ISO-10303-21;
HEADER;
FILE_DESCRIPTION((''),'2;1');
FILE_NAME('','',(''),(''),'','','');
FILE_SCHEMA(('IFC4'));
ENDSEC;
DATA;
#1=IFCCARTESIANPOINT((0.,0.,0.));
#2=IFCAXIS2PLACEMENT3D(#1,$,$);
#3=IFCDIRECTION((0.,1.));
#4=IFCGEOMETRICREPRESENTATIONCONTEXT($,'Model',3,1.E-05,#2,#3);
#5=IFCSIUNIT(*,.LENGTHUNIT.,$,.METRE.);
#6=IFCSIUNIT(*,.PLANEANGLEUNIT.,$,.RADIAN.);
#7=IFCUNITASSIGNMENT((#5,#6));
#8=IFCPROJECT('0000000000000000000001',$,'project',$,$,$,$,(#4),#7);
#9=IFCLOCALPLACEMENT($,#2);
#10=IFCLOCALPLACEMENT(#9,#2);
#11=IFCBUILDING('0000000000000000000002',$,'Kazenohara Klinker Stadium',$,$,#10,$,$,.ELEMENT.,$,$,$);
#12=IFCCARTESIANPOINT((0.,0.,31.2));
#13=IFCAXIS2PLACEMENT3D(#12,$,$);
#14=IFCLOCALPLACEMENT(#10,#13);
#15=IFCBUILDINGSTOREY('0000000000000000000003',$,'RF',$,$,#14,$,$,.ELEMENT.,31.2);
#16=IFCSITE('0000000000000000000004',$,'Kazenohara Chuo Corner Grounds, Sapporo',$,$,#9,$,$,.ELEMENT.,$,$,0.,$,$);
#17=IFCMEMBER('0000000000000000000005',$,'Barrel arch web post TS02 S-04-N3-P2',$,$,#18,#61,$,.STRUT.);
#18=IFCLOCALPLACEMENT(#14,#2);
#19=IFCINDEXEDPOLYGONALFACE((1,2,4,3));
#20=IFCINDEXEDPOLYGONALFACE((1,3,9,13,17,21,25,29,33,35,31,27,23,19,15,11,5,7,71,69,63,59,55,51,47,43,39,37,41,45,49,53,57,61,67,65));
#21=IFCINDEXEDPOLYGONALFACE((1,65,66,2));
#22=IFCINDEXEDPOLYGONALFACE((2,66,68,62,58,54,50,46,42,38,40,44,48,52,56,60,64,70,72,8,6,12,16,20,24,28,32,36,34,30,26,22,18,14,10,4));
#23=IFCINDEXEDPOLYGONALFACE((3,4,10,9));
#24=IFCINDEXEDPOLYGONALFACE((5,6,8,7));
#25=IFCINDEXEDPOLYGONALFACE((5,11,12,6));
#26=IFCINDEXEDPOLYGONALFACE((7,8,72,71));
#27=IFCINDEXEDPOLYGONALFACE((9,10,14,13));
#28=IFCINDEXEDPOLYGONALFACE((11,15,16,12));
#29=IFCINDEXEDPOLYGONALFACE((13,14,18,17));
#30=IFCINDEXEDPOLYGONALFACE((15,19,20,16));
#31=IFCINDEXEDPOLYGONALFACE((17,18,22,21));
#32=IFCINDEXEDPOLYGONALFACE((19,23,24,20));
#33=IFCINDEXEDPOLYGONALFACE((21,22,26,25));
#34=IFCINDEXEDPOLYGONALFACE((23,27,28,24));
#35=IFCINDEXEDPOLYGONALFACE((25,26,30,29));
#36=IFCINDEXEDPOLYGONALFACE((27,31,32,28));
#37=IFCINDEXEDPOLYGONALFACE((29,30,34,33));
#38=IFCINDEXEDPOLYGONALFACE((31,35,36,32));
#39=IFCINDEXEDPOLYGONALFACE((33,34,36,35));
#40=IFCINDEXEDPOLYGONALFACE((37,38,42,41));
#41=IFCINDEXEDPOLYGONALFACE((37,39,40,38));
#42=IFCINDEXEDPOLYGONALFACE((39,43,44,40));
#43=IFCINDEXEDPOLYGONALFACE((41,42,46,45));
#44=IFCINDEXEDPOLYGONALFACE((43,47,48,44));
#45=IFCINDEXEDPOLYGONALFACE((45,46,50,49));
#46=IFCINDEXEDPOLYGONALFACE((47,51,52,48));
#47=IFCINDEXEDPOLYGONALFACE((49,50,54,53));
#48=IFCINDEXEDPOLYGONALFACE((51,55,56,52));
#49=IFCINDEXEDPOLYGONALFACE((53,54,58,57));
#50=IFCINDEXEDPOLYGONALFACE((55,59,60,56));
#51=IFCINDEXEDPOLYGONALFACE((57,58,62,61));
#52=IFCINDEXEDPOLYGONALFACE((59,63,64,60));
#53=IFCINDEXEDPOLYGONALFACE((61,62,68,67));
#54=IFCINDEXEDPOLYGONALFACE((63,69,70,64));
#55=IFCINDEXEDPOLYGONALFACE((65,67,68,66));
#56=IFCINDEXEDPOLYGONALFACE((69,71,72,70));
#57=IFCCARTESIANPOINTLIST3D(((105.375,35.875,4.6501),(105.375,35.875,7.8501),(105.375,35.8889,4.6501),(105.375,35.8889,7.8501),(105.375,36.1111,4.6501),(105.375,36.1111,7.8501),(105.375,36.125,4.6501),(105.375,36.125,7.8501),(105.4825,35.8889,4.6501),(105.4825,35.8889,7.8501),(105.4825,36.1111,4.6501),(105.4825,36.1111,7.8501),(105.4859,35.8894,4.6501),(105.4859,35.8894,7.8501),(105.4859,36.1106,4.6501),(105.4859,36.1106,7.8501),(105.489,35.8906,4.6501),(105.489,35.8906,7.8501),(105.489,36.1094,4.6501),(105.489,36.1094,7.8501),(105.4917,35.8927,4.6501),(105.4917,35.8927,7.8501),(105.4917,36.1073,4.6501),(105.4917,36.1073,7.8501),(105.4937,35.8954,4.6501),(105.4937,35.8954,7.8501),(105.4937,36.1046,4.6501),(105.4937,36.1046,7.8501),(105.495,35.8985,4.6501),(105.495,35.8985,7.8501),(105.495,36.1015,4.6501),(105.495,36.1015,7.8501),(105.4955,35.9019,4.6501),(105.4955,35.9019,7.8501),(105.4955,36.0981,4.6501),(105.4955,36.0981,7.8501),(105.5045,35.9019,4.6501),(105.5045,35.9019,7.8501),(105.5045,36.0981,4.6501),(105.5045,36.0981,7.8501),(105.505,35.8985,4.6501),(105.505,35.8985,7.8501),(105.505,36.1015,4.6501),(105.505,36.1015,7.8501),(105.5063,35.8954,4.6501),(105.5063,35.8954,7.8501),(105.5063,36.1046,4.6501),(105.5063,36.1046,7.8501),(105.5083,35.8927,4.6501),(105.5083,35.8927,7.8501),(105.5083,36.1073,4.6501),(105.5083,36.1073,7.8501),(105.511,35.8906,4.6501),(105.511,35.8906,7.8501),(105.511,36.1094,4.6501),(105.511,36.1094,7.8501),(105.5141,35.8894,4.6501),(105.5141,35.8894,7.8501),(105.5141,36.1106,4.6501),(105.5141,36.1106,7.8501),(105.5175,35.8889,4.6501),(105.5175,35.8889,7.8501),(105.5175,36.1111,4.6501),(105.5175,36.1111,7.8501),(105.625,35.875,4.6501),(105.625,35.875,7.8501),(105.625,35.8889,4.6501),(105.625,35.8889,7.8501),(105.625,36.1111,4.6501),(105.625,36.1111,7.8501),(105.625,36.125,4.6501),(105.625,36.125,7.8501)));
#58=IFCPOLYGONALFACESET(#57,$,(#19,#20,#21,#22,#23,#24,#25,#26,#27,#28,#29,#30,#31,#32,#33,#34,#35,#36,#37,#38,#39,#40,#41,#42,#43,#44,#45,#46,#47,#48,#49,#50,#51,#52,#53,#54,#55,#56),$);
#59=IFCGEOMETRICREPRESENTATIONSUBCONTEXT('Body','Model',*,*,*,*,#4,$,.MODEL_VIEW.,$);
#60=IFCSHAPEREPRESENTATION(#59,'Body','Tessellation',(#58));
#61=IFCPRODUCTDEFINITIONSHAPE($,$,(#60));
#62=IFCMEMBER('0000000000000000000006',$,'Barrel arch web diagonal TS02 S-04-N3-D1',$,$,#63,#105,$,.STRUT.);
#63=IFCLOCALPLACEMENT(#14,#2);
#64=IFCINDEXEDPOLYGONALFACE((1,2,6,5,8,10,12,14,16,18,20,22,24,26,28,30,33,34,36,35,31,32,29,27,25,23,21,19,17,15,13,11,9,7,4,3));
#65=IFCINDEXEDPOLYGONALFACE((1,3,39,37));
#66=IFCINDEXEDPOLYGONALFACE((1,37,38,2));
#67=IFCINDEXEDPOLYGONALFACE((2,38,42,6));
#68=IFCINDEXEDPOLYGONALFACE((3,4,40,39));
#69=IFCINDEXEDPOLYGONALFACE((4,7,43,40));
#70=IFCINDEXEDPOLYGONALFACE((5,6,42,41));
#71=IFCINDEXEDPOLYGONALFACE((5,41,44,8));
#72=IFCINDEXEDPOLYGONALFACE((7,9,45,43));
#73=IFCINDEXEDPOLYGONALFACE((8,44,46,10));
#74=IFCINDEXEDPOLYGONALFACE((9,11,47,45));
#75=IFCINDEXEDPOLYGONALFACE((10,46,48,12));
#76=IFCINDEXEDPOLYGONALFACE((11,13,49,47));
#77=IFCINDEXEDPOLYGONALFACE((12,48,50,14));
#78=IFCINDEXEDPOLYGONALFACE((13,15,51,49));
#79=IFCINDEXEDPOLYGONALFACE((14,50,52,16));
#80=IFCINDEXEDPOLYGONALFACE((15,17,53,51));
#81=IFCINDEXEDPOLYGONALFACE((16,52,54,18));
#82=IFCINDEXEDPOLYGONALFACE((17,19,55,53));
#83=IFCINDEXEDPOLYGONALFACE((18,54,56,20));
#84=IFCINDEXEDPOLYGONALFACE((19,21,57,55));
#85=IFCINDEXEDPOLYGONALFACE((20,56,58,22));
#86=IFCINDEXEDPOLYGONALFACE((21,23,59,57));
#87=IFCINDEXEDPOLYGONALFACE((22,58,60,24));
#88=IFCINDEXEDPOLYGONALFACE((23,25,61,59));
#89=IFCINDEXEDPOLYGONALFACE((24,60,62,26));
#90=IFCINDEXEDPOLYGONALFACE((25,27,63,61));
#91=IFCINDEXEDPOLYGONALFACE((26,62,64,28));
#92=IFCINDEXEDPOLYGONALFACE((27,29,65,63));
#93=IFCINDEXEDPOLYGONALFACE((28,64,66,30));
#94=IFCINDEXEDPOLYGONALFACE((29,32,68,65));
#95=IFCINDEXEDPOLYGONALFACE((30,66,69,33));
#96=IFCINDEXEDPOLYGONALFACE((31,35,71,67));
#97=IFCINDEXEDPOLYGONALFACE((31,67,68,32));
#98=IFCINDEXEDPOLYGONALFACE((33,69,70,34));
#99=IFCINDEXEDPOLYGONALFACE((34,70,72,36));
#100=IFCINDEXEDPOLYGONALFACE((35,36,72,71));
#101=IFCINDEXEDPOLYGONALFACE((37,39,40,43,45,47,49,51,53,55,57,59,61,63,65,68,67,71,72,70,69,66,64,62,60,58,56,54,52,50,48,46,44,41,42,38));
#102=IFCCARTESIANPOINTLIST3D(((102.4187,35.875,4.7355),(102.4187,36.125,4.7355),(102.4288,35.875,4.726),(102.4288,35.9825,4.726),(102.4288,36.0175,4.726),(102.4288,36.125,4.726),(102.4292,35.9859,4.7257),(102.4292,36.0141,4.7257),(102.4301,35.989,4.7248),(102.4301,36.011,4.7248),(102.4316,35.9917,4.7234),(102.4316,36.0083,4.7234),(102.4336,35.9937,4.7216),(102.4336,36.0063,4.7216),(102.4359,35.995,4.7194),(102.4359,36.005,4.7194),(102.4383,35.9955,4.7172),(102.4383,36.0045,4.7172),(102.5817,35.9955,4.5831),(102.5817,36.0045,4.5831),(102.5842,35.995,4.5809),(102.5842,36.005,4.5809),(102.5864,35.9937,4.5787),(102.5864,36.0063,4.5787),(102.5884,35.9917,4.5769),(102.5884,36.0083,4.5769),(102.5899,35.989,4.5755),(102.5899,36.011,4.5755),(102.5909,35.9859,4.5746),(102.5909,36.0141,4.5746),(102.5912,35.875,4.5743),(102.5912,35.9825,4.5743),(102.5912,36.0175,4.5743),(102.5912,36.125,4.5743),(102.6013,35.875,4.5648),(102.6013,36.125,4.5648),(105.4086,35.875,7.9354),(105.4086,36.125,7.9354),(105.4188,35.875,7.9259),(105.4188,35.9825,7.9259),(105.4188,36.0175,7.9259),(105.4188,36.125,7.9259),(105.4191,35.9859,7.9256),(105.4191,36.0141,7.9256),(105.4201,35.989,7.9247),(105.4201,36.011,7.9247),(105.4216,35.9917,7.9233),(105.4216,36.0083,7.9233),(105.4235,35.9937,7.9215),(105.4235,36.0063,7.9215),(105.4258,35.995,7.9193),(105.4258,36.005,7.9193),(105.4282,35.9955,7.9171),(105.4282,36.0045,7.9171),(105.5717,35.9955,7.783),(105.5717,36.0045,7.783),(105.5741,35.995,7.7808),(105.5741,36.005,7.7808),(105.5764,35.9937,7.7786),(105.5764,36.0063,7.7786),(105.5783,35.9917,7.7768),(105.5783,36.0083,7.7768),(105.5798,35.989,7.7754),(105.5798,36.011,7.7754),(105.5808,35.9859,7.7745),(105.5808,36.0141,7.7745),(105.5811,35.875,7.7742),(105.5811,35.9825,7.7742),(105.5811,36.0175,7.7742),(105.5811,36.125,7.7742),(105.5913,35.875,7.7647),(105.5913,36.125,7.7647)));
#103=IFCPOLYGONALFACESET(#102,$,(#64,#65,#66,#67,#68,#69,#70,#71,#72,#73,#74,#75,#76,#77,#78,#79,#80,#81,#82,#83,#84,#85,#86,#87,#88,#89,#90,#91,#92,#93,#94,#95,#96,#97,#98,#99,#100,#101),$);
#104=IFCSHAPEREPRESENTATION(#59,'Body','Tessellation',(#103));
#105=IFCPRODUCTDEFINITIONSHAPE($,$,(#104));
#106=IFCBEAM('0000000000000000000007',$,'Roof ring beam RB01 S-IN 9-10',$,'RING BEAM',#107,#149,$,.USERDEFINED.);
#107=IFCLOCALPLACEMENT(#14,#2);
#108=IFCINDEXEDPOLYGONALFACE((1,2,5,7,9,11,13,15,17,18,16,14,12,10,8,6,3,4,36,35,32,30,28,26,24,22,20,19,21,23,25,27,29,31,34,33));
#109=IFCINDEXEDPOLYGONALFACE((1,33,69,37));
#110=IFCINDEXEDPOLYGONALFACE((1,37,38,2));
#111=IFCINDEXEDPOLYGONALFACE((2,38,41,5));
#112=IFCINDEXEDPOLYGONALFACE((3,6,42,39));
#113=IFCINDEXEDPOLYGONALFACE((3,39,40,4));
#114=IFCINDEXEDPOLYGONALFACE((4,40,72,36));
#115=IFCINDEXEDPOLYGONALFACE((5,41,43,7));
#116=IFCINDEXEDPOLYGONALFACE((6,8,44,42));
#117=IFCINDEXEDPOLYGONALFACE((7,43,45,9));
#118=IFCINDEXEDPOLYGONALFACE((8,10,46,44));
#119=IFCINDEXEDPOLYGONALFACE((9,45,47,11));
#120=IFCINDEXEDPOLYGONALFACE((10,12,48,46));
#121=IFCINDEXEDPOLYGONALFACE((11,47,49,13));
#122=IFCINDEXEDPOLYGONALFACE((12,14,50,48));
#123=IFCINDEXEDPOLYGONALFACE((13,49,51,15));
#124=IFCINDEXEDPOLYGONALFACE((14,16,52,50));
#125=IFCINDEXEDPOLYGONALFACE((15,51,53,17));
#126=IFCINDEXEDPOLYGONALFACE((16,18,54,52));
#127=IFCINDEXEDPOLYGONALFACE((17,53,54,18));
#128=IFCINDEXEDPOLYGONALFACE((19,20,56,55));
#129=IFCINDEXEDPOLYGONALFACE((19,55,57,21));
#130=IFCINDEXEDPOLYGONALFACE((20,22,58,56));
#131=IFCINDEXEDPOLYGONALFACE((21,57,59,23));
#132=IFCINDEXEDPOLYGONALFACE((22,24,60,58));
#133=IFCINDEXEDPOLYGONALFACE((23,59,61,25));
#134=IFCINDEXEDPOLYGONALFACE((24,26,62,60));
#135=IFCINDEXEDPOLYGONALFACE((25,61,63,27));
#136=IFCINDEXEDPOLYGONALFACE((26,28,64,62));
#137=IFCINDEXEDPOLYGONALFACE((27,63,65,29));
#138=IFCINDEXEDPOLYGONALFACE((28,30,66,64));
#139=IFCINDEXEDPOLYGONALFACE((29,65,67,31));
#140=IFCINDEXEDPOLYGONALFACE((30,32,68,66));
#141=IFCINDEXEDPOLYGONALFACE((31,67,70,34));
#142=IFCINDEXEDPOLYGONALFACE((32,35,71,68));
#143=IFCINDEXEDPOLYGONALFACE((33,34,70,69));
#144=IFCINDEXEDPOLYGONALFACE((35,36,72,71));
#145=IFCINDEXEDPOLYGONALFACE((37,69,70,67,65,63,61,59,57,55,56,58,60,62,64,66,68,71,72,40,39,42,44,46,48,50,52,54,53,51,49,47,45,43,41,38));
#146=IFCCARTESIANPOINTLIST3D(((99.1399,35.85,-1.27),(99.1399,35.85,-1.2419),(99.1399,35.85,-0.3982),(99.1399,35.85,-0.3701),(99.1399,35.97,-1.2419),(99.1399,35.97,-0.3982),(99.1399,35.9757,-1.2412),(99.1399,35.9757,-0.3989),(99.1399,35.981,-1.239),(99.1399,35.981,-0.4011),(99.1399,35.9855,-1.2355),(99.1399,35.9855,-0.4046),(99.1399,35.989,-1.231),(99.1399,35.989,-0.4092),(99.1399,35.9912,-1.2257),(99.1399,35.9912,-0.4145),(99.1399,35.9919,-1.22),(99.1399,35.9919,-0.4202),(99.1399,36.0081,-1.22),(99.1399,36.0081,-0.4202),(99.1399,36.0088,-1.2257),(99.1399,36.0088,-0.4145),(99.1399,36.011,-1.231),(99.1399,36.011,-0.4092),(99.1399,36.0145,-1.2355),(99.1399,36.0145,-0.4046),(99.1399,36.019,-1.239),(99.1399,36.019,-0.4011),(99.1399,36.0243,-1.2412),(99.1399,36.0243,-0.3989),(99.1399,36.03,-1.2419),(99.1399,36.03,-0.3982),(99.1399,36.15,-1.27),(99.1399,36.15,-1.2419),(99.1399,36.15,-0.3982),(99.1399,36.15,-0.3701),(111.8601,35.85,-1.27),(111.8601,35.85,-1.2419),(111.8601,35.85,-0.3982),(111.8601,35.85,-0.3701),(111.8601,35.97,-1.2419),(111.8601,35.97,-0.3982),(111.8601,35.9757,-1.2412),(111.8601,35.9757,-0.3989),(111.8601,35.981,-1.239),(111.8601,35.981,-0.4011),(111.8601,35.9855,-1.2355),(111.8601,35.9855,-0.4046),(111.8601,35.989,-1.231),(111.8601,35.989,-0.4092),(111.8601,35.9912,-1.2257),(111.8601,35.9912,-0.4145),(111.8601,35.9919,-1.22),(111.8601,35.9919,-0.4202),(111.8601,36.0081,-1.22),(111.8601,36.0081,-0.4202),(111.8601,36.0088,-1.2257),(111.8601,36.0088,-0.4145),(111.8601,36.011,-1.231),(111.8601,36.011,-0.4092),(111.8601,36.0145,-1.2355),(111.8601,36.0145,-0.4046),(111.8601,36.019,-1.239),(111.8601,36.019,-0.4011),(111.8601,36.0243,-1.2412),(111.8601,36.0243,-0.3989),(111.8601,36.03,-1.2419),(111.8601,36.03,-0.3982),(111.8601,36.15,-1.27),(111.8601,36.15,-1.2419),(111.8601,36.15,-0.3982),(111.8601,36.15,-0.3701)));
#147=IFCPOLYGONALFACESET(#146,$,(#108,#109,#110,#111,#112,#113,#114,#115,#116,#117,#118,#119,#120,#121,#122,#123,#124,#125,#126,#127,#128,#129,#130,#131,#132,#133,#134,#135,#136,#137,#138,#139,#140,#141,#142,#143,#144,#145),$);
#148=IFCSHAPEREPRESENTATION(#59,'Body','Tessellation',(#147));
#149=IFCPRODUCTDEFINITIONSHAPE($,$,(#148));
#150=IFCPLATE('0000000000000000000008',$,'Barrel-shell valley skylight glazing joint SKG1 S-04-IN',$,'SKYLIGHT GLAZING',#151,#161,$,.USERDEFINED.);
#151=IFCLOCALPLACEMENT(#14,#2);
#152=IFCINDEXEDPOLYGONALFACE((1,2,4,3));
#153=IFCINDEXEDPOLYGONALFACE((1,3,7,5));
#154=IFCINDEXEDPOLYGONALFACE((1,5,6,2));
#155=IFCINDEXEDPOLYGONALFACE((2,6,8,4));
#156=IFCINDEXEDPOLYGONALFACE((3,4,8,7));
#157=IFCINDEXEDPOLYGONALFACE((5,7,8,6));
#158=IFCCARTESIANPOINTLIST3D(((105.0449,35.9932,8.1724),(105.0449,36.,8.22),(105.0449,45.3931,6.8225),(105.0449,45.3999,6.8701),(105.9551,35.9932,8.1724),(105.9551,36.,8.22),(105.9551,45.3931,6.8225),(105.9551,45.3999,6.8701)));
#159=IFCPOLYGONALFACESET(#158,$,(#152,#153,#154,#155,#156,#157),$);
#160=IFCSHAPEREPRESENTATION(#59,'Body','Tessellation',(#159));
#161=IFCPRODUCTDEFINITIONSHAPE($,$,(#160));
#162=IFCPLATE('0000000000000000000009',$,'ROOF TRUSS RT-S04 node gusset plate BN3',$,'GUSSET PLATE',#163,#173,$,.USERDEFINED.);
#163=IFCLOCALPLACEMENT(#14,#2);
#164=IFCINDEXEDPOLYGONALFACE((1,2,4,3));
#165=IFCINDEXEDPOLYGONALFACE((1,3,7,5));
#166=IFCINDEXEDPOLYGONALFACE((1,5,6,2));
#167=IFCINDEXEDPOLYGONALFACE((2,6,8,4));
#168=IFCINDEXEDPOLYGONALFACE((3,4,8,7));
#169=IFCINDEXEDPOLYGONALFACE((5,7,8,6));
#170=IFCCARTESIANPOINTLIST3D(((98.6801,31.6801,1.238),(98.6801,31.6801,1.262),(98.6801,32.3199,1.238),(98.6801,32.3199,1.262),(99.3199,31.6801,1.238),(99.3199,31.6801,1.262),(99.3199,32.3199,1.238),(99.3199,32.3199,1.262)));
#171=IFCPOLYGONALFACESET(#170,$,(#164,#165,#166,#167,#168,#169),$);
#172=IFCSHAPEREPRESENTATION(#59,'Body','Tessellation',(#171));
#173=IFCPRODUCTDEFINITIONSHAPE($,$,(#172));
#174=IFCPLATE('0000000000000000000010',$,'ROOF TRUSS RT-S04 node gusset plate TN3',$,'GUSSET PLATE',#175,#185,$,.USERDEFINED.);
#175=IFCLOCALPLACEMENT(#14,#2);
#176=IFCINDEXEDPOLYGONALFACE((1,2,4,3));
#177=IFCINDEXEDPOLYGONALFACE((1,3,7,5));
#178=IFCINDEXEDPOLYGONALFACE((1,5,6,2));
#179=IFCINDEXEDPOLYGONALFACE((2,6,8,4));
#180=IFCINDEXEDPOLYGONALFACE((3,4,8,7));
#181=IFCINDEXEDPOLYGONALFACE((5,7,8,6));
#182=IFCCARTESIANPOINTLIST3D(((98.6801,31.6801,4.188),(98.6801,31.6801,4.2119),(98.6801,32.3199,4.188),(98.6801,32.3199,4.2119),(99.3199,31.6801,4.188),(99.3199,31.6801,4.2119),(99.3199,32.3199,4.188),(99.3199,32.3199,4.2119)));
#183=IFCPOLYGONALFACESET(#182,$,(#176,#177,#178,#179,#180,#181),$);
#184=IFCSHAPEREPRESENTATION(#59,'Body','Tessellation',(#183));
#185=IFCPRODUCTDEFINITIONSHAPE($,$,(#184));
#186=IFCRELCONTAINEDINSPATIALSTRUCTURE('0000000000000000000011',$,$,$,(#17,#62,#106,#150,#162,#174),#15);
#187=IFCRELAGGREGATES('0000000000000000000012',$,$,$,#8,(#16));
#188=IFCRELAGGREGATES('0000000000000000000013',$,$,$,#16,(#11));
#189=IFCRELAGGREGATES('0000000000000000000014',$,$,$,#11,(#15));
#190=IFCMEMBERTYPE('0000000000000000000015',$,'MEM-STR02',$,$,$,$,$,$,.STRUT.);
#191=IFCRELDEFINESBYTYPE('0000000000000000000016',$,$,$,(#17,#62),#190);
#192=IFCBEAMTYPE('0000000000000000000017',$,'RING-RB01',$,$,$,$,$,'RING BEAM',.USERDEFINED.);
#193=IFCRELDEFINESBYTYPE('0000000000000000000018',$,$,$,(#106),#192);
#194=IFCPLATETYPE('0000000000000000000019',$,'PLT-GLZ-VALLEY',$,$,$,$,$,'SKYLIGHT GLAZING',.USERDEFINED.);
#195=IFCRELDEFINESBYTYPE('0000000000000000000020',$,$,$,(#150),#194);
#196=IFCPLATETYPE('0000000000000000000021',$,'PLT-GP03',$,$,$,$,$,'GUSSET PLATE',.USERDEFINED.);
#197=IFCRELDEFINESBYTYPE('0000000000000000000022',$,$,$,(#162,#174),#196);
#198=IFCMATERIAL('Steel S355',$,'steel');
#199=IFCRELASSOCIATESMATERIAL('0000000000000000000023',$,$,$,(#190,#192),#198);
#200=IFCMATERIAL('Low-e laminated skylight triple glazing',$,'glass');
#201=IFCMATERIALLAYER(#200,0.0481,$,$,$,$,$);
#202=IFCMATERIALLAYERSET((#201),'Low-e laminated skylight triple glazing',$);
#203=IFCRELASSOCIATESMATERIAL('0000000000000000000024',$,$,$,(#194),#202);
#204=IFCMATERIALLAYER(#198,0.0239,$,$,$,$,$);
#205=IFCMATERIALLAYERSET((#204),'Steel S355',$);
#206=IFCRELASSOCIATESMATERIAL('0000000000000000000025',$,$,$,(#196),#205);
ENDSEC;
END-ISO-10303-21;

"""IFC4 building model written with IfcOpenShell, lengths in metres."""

from ifc_helpers import new_model, si_unit, direction, frame, origin, origin_2d, place, context, subcontext, project, spatial, polyline, rectangle, i_section, outline, extrude, material, layer, layer_set, material_profile, profile_set, type_object, element, save


model = new_model("IFC4")

# Units and contexts
model_context = context("Model", 3, precision=1e-05, world=origin(), true_north=direction((0.0, 1.0)))
body_context = subcontext(model_context, "Body", "Model", "MODEL_VIEW")
ifc_project = project(units=[si_unit("LENGTHUNIT", "METRE"), si_unit("PLANEANGLEUNIT", "RADIAN")], contexts=[model_context])

# Site, building, storey
site_placement = place(None, origin())
site = spatial("IfcSite", under=ifc_project, at=site_placement, Name="Kazenohara Chuo Corner Grounds, Sapporo", CompositionType="ELEMENT", RefElevation=0.0)
building_placement = place(site_placement, origin())
building = spatial("IfcBuilding", under=site, at=building_placement, Name="Kazenohara Klinker Stadium", CompositionType="ELEMENT")
storey_placement = place(building_placement, frame((0.0, 0.0, 31.2)))
storey = spatial("IfcBuildingStorey", under=building, at=storey_placement, Name="RF", CompositionType="ELEMENT", Elevation=31.2)

# Members
ifc_material_1 = material(Name="Steel S355", Category="steel")
ifc_material_profile_1 = material_profile(ifc_material_1, i_section(OverallWidth=0.25, OverallDepth=0.25, WebThickness=0.009, FlangeThickness=0.0139, FilletRadius=0.0129, at=origin_2d()), Name="H-250x250x9x14")
ifc_profile_set_1 = profile_set([ifc_material_profile_1], Name="Steel S355")
member_type_1 = type_object("IfcMemberType", Name="MEM-STR02", PredefinedType="STRUT", material=ifc_profile_set_1)
member_1_placement = place(storey_placement, frame((105.5, 36.0, 4.6501), z_axis=(0.0, 0.0, 1.0), x_axis=(1.0, 0.0, 0.0)))
element("IfcMember", 1, at=member_1_placement, inside=storey, type_object=member_type_1, Name="Barrel arch web post TS02 S-04-N3-P2", PredefinedType="STRUT", context=body_context, shape_type="SweptSolid", body=[
    extrude(i_section(OverallWidth=0.25, OverallDepth=0.25, WebThickness=0.009, FlangeThickness=0.0139, FilletRadius=0.0129, at=origin_2d()), origin(), (0.0, 0.0, 1.0), 3.2),
])
member_2_placement = place(storey_placement, frame((102.51, 36.0, 4.6501), z_axis=(0.682729, 0.0, 0.730671), x_axis=(0.0, 1.0, 0.0)))
element("IfcMember", 2, at=member_2_placement, inside=storey, type_object=member_type_1, Name="Barrel arch web diagonal TS02 S-04-N3-D1", PredefinedType="STRUT", context=body_context, shape_type="SweptSolid", body=[
    extrude(i_section(OverallWidth=0.25, OverallDepth=0.25, WebThickness=0.009, FlangeThickness=0.0139, FilletRadius=0.0129, at=origin_2d()), origin(), (0.0, 0.0, 1.0), 4.3794),
])

# Beam
ifc_material_profile_2 = material_profile(ifc_material_1, i_section(OverallWidth=0.3, OverallDepth=0.8999, WebThickness=0.0161, FlangeThickness=0.0281, FilletRadius=0.022, at=origin_2d()), Name="H-900x300x16x28")
ifc_profile_set_2 = profile_set([ifc_material_profile_2], Name="Steel S355")
beam_type = type_object("IfcBeamType", Name="RING-RB01", ElementType="RING BEAM", PredefinedType="USERDEFINED", material=ifc_profile_set_2)
beam_placement = place(storey_placement, frame((99.1399, 36.0, -0.8201), z_axis=(1.0, 0.0, 0.0), x_axis=(0.0, 1.0, 0.0)))
element("IfcBeam", 3, at=beam_placement, inside=storey, type_object=beam_type, Name="Roof ring beam RB01 S-IN 9-10", ObjectType="RING BEAM", PredefinedType="USERDEFINED", context=body_context, shape_type="SweptSolid", body=[
    extrude(i_section(OverallWidth=0.3, OverallDepth=0.8999, WebThickness=0.0161, FlangeThickness=0.0281, FilletRadius=0.022, at=origin_2d()), origin(), (0.0, 0.0, 1.0), 12.7202),
])

# Plates
ifc_material_2 = material(Name="Low-e laminated skylight triple glazing", Category="glass")
ifc_layer_1 = layer(ifc_material_2, 0.0481)
ifc_layer_set_1 = layer_set([ifc_layer_1], Name="Low-e laminated skylight triple glazing")
plate_type_1 = type_object("IfcPlateType", Name="PLT-GLZ-VALLEY", ElementType="SKYLIGHT GLAZING", PredefinedType="USERDEFINED", material=ifc_layer_set_1)
plate_placement = place(storey_placement, frame((105.0449, 36.0, 8.22), z_axis=(0.0, 0.142145, 0.989846), x_axis=(0.0, 0.989846, -0.142145)))
element("IfcPlate", 4, at=plate_placement, inside=storey, type_object=plate_type_1, Name="Barrel-shell valley skylight glazing joint SKG1 S-04-IN", ObjectType="SKYLIGHT GLAZING", PredefinedType="USERDEFINED", context=body_context, shape_type="SweptSolid", body=[
    extrude(outline(polyline([(0.0, 0.0), (9.4963, 0.0), (9.4963, -0.9102), (0.0, -0.9102), (0.0, 0.0)])), origin(), (0.0, 0.0, -1.0), 0.0481),
])
ifc_layer_2 = layer(ifc_material_1, 0.0239)
ifc_layer_set_2 = layer_set([ifc_layer_2], Name="Steel S355")
plate_type_2 = type_object("IfcPlateType", Name="PLT-GP03", ElementType="GUSSET PLATE", PredefinedType="USERDEFINED", material=ifc_layer_set_2)
for number, where, z_axis, x_axis, name in (
    (5, (99.0, 32.0, 1.238), (0.0, 0.0, 1.0), (1.0, 0.0, 0.0), "ROOF TRUSS RT-S04 node gusset plate BN3"),
    (6, (99.0, 32.0, 4.188), (0.0, 0.0, 1.0), (1.0, 0.0, 0.0), "ROOF TRUSS RT-S04 node gusset plate TN3"),
):
    element("IfcPlate", number, at=place(storey_placement, frame(where, z_axis=z_axis, x_axis=x_axis)), inside=storey, type_object=plate_type_2, Name=name, ObjectType="GUSSET PLATE", PredefinedType="USERDEFINED", context=body_context, shape_type="SweptSolid", body=[
        extrude(rectangle(XDim=0.6399, YDim=0.6399, at=origin_2d()), origin(), (0.0, 0.0, 1.0), 0.0239),
    ])

save(model, "model.ifc")
